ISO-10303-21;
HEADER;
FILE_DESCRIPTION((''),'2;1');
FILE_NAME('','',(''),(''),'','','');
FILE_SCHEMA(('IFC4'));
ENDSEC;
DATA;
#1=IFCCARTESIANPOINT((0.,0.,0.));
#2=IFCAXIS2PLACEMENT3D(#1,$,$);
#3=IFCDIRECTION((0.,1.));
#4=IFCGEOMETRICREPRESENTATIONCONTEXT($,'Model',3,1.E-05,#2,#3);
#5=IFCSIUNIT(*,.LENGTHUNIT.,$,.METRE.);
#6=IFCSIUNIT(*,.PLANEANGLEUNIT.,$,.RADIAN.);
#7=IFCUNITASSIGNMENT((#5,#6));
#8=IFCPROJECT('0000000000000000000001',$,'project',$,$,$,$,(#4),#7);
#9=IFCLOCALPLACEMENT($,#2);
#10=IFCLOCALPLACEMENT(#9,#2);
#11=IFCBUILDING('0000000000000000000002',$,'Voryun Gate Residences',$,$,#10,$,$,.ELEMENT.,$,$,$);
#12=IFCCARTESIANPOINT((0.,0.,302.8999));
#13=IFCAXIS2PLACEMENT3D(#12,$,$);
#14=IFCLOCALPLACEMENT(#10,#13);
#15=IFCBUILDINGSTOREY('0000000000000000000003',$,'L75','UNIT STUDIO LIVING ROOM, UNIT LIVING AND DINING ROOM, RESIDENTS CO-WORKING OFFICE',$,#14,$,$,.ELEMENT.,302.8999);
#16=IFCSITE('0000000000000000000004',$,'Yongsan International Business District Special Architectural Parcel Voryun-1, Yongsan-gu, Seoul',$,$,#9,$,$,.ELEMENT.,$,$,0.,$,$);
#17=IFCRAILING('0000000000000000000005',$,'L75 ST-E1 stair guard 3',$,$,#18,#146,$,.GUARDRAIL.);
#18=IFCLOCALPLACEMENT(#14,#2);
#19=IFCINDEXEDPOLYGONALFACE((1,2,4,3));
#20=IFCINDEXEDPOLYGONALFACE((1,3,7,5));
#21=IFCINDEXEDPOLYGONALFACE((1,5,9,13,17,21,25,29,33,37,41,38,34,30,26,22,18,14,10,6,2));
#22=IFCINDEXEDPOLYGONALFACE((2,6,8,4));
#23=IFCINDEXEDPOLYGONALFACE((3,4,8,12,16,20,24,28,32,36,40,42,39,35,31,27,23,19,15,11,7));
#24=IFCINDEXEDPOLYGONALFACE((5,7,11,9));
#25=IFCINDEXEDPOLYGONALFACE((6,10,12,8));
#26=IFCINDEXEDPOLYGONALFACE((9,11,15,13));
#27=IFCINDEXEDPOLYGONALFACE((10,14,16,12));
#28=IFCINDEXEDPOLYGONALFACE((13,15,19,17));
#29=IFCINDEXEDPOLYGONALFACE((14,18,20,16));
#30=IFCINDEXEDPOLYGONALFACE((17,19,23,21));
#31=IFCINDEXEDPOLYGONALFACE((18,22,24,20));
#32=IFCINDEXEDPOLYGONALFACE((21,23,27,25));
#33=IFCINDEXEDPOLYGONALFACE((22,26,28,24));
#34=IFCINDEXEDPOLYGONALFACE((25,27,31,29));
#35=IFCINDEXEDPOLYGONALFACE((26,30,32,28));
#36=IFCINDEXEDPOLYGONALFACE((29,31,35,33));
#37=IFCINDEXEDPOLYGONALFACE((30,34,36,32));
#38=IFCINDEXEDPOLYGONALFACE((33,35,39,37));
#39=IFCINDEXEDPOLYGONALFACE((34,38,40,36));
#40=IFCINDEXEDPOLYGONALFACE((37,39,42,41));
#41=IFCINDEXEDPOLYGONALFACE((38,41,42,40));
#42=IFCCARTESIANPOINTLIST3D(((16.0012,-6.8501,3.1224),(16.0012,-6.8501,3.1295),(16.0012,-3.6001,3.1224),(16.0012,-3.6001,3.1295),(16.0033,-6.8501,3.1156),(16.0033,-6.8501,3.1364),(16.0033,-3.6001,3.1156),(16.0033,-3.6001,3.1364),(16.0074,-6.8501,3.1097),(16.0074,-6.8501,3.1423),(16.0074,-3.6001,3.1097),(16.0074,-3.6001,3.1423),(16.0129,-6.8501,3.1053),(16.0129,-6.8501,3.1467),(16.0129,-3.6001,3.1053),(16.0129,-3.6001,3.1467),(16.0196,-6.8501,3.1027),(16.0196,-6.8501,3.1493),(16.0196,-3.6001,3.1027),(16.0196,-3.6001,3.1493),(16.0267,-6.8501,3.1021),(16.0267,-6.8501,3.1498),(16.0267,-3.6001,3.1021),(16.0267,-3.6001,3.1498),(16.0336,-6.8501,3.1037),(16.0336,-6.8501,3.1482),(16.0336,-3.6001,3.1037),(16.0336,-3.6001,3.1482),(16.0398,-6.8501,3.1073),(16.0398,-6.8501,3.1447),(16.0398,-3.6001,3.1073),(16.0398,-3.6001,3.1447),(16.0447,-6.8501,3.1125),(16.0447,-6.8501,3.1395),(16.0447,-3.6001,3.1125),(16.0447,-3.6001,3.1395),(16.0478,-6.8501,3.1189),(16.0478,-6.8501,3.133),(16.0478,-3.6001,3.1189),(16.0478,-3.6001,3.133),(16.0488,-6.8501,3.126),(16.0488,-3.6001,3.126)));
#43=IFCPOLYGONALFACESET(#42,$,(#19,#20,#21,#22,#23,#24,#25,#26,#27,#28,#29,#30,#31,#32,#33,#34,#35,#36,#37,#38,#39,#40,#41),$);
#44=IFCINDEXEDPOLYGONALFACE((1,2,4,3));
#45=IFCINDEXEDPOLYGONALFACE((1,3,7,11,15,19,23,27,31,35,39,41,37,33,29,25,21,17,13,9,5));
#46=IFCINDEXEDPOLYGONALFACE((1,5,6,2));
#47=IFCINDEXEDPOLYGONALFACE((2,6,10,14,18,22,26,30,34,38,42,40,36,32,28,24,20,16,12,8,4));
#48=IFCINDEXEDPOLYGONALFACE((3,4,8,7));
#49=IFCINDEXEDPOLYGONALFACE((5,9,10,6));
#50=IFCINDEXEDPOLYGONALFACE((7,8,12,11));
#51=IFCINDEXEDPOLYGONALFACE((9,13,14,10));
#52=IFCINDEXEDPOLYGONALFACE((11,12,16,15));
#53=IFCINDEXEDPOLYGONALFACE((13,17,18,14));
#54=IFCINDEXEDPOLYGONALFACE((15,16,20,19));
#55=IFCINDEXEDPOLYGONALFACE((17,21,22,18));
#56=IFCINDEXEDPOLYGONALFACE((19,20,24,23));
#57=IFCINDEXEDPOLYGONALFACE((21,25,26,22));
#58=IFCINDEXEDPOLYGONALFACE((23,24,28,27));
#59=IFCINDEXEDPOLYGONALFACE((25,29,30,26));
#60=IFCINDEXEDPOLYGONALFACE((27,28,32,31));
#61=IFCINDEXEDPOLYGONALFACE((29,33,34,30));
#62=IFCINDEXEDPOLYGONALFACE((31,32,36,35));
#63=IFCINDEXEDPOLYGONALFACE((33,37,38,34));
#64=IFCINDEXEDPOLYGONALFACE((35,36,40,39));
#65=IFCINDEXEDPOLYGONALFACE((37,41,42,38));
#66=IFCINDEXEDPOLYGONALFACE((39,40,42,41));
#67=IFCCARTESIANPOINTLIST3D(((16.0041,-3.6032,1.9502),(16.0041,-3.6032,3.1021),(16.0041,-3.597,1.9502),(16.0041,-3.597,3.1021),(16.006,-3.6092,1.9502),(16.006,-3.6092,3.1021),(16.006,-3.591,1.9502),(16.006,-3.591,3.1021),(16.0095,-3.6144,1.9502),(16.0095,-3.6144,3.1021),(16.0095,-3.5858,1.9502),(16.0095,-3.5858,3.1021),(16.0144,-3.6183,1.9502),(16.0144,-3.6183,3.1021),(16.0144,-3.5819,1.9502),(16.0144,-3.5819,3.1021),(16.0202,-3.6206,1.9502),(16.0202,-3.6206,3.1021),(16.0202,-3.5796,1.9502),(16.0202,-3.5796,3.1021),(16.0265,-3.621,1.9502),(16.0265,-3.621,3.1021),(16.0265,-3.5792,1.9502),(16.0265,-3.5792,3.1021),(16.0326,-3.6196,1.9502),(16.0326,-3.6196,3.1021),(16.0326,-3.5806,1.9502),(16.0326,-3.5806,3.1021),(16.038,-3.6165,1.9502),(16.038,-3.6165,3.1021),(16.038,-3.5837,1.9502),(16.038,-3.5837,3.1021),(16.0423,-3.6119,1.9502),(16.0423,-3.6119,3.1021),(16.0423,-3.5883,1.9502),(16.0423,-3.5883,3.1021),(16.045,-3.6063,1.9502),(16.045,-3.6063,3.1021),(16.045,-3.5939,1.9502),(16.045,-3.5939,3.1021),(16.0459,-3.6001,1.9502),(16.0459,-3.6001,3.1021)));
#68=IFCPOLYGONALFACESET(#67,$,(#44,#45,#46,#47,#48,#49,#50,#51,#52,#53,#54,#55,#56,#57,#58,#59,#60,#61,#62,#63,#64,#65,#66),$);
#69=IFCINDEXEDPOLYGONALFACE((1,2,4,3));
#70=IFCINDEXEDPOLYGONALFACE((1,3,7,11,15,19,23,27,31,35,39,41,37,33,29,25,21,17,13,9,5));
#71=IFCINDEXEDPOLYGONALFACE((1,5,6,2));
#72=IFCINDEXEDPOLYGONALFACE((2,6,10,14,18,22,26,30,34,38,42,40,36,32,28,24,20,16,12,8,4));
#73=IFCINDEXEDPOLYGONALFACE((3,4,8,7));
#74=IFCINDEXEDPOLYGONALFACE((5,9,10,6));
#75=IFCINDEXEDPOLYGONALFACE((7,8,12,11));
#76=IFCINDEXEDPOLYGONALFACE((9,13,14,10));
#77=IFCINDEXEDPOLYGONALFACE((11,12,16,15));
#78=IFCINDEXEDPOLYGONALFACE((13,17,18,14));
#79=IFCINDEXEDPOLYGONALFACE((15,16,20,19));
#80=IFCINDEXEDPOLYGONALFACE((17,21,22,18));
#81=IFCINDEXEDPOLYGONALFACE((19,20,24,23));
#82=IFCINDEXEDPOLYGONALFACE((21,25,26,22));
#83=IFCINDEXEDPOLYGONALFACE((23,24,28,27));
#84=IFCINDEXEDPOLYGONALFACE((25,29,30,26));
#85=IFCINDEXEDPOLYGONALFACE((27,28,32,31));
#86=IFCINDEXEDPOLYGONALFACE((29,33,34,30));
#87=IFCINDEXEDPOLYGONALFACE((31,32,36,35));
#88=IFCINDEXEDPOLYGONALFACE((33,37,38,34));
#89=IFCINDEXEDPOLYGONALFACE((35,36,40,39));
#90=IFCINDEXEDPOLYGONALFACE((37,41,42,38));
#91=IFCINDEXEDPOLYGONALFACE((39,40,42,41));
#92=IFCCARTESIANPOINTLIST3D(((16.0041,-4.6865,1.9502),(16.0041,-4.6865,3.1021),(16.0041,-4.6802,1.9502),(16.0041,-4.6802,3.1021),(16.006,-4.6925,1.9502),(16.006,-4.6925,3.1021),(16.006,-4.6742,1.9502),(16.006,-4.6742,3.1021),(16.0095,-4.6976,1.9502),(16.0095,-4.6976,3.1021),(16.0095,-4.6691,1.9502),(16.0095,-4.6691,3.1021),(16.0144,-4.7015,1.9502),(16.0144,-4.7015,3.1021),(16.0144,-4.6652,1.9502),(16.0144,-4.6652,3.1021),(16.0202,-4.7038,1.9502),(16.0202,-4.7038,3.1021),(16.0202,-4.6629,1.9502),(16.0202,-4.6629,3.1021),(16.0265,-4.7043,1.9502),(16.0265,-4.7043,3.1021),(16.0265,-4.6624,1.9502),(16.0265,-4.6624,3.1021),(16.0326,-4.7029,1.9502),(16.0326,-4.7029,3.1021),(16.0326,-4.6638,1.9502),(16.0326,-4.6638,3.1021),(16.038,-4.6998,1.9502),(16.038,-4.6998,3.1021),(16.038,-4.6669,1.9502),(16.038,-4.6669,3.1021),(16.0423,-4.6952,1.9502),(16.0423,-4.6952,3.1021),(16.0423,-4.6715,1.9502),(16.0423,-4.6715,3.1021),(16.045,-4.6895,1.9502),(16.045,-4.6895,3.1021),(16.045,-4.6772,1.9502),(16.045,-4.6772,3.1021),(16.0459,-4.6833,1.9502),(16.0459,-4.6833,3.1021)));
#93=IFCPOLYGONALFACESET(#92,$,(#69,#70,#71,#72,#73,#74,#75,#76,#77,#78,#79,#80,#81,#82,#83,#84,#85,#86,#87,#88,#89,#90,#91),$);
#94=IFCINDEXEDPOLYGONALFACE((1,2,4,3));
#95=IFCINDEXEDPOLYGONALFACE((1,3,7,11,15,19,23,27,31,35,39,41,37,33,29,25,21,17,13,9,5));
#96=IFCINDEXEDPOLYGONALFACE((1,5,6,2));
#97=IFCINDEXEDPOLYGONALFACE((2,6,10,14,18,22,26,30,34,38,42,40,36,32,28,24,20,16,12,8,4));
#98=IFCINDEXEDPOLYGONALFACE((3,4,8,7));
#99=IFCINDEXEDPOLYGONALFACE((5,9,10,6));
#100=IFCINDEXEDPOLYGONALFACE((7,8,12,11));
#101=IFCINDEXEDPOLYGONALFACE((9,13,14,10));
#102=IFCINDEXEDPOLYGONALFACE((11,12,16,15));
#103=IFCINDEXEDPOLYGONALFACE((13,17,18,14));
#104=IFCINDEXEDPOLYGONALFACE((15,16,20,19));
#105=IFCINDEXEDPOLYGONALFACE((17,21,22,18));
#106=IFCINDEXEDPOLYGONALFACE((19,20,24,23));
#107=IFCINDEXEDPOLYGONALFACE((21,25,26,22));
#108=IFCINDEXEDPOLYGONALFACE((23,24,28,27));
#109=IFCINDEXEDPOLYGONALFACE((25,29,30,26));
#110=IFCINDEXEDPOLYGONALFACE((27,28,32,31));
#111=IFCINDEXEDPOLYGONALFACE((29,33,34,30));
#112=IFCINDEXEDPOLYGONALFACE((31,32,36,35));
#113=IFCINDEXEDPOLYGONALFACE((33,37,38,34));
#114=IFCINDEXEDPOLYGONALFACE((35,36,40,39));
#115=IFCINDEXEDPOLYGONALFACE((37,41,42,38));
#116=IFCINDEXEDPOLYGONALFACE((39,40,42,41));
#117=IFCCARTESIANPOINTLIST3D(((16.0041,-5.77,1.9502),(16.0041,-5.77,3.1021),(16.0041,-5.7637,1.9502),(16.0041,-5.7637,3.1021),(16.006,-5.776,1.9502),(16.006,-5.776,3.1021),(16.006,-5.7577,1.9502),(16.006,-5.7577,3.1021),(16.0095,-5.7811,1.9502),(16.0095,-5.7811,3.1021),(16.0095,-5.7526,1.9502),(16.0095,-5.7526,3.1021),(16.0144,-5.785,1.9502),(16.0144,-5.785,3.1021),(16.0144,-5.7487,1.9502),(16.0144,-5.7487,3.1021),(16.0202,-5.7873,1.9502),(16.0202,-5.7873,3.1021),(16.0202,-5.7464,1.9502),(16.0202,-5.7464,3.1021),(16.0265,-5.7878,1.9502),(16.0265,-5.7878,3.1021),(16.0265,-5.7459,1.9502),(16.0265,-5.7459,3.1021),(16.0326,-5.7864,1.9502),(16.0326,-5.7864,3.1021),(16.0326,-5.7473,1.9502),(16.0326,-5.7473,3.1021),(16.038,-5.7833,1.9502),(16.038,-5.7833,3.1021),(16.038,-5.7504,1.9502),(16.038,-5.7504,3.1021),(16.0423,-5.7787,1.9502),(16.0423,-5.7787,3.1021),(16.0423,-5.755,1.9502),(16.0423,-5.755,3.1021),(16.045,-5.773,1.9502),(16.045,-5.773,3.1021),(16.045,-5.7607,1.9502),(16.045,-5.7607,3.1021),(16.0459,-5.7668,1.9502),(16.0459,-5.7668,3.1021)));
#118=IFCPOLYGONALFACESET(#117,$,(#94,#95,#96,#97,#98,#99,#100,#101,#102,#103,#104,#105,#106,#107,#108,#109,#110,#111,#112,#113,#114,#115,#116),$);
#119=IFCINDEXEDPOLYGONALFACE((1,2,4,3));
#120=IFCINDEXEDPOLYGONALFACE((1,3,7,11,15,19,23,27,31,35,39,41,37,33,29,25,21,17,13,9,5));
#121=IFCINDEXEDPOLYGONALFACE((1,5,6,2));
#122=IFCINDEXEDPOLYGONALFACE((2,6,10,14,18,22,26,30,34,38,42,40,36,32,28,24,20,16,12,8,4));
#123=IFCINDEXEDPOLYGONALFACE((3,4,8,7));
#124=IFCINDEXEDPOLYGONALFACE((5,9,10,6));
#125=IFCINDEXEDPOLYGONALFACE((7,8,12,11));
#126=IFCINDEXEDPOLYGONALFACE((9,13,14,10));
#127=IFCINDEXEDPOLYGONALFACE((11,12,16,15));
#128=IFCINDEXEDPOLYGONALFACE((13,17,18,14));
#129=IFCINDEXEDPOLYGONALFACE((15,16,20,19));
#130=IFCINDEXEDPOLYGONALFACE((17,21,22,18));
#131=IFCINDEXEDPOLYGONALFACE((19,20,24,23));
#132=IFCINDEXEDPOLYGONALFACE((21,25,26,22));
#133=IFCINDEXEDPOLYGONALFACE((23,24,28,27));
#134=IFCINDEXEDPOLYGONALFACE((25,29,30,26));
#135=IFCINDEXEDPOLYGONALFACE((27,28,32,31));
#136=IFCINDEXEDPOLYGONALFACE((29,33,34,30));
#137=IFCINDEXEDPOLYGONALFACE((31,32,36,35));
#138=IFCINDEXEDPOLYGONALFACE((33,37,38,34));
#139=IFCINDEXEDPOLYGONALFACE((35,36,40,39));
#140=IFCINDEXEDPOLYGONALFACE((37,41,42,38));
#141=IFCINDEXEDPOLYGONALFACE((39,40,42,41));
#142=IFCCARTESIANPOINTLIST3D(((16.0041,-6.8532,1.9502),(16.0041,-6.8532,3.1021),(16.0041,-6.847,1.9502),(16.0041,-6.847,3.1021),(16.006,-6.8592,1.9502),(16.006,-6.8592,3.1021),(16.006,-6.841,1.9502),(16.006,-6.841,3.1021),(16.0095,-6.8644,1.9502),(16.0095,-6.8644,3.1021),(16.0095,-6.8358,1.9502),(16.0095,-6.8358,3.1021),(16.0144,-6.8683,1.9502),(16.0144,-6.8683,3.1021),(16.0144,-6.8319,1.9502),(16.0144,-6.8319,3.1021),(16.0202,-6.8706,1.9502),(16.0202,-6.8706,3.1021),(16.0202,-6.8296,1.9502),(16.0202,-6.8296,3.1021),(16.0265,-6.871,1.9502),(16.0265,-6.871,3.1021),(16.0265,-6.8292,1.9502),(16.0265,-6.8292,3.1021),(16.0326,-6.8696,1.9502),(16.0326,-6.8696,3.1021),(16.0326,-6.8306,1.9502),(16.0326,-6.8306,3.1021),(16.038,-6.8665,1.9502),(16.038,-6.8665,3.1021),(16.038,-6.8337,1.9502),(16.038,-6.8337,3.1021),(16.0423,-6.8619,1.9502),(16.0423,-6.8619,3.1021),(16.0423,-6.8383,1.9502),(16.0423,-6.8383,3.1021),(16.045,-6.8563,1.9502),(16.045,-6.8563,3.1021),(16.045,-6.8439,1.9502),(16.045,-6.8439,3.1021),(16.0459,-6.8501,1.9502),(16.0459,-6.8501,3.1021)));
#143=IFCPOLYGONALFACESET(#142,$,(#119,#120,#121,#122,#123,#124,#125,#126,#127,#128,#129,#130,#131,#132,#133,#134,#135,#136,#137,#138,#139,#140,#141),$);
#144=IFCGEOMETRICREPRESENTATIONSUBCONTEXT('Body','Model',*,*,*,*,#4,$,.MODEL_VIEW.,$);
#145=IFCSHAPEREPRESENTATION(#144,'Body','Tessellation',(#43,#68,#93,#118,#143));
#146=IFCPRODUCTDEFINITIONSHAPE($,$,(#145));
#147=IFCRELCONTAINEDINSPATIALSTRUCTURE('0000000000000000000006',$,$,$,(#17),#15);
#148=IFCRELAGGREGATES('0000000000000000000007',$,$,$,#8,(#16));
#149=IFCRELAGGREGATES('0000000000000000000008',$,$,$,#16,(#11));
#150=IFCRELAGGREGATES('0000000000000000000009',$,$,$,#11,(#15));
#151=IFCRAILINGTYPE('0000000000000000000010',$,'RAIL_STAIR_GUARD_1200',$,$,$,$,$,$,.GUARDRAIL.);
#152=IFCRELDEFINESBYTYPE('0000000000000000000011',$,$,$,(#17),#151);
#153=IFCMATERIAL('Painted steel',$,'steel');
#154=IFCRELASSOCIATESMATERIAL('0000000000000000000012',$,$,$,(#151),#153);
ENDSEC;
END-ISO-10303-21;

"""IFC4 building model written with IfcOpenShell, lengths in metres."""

from ifc_helpers import new_model, si_unit, direction, frame, origin, origin_2d, place, context, subcontext, project, spatial, circle, extrude, material, type_object, element, save


model = new_model("IFC4")

# Units and contexts
model_context = context("Model", 3, precision=1e-05, world=origin(), true_north=direction((0.0, 1.0)))
body_context = subcontext(model_context, "Body", "Model", "MODEL_VIEW")
ifc_project = project(units=[si_unit("LENGTHUNIT", "METRE"), si_unit("PLANEANGLEUNIT", "RADIAN")], contexts=[model_context])

# Site, building, storey
site_placement = place(None, origin())
site = spatial("IfcSite", under=ifc_project, at=site_placement, Name="Yongsan International Business District Special Architectural Parcel Voryun-1, Yongsan-gu, Seoul", CompositionType="ELEMENT", RefElevation=0.0)
building_placement = place(site_placement, origin())
building = spatial("IfcBuilding", under=site, at=building_placement, Name="Voryun Gate Residences", CompositionType="ELEMENT")
storey_placement = place(building_placement, frame((0.0, 0.0, 302.8999)))
storey = spatial("IfcBuildingStorey", under=building, at=storey_placement, Name="L75", Description="UNIT STUDIO LIVING ROOM, UNIT LIVING AND DINING ROOM, RESIDENTS CO-WORKING OFFICE", CompositionType="ELEMENT", Elevation=302.8999)

# Railing
ifc_material_1 = material(Name="Painted steel", Category="steel")
railing_type_1 = type_object("IfcRailingType", Name="RAIL_STAIR_GUARD_1200", PredefinedType="GUARDRAIL", material=ifc_material_1)
for number, where, name in (
    (1, (16.0249, -3.6001, 1.9502), "L75 ST-E1 stair guard 3"),
):
    element("IfcRailing", number, at=place(storey_placement, frame(where)), inside=storey, type_object=railing_type_1, Name=name, PredefinedType="GUARDRAIL", context=body_context, shape_type="SweptSolid", body=[
        extrude(circle(Radius=0.0239, at=origin_2d()), frame((0.0, 0.0, 1.1758), z_axis=(0.0, -1.0, 0.0), x_axis=(1.0, 0.0, 0.0)), (0.0, 0.0, 1.0), 3.25),
        extrude(circle(Radius=0.021, at=origin_2d()), origin(), (0.0, 0.0, 1.0), 1.1519),
        extrude(circle(Radius=0.021, at=origin_2d()), frame((0.0, -1.0833, 0.0)), (0.0, 0.0, 1.0), 1.1519),
        extrude(circle(Radius=0.021, at=origin_2d()), frame((0.0, -2.1667, 0.0)), (0.0, 0.0, 1.0), 1.1519),
        extrude(circle(Radius=0.021, at=origin_2d()), frame((0.0, -3.25, 0.0)), (0.0, 0.0, 1.0), 1.1519),
    ])

save(model, "model.ifc")
